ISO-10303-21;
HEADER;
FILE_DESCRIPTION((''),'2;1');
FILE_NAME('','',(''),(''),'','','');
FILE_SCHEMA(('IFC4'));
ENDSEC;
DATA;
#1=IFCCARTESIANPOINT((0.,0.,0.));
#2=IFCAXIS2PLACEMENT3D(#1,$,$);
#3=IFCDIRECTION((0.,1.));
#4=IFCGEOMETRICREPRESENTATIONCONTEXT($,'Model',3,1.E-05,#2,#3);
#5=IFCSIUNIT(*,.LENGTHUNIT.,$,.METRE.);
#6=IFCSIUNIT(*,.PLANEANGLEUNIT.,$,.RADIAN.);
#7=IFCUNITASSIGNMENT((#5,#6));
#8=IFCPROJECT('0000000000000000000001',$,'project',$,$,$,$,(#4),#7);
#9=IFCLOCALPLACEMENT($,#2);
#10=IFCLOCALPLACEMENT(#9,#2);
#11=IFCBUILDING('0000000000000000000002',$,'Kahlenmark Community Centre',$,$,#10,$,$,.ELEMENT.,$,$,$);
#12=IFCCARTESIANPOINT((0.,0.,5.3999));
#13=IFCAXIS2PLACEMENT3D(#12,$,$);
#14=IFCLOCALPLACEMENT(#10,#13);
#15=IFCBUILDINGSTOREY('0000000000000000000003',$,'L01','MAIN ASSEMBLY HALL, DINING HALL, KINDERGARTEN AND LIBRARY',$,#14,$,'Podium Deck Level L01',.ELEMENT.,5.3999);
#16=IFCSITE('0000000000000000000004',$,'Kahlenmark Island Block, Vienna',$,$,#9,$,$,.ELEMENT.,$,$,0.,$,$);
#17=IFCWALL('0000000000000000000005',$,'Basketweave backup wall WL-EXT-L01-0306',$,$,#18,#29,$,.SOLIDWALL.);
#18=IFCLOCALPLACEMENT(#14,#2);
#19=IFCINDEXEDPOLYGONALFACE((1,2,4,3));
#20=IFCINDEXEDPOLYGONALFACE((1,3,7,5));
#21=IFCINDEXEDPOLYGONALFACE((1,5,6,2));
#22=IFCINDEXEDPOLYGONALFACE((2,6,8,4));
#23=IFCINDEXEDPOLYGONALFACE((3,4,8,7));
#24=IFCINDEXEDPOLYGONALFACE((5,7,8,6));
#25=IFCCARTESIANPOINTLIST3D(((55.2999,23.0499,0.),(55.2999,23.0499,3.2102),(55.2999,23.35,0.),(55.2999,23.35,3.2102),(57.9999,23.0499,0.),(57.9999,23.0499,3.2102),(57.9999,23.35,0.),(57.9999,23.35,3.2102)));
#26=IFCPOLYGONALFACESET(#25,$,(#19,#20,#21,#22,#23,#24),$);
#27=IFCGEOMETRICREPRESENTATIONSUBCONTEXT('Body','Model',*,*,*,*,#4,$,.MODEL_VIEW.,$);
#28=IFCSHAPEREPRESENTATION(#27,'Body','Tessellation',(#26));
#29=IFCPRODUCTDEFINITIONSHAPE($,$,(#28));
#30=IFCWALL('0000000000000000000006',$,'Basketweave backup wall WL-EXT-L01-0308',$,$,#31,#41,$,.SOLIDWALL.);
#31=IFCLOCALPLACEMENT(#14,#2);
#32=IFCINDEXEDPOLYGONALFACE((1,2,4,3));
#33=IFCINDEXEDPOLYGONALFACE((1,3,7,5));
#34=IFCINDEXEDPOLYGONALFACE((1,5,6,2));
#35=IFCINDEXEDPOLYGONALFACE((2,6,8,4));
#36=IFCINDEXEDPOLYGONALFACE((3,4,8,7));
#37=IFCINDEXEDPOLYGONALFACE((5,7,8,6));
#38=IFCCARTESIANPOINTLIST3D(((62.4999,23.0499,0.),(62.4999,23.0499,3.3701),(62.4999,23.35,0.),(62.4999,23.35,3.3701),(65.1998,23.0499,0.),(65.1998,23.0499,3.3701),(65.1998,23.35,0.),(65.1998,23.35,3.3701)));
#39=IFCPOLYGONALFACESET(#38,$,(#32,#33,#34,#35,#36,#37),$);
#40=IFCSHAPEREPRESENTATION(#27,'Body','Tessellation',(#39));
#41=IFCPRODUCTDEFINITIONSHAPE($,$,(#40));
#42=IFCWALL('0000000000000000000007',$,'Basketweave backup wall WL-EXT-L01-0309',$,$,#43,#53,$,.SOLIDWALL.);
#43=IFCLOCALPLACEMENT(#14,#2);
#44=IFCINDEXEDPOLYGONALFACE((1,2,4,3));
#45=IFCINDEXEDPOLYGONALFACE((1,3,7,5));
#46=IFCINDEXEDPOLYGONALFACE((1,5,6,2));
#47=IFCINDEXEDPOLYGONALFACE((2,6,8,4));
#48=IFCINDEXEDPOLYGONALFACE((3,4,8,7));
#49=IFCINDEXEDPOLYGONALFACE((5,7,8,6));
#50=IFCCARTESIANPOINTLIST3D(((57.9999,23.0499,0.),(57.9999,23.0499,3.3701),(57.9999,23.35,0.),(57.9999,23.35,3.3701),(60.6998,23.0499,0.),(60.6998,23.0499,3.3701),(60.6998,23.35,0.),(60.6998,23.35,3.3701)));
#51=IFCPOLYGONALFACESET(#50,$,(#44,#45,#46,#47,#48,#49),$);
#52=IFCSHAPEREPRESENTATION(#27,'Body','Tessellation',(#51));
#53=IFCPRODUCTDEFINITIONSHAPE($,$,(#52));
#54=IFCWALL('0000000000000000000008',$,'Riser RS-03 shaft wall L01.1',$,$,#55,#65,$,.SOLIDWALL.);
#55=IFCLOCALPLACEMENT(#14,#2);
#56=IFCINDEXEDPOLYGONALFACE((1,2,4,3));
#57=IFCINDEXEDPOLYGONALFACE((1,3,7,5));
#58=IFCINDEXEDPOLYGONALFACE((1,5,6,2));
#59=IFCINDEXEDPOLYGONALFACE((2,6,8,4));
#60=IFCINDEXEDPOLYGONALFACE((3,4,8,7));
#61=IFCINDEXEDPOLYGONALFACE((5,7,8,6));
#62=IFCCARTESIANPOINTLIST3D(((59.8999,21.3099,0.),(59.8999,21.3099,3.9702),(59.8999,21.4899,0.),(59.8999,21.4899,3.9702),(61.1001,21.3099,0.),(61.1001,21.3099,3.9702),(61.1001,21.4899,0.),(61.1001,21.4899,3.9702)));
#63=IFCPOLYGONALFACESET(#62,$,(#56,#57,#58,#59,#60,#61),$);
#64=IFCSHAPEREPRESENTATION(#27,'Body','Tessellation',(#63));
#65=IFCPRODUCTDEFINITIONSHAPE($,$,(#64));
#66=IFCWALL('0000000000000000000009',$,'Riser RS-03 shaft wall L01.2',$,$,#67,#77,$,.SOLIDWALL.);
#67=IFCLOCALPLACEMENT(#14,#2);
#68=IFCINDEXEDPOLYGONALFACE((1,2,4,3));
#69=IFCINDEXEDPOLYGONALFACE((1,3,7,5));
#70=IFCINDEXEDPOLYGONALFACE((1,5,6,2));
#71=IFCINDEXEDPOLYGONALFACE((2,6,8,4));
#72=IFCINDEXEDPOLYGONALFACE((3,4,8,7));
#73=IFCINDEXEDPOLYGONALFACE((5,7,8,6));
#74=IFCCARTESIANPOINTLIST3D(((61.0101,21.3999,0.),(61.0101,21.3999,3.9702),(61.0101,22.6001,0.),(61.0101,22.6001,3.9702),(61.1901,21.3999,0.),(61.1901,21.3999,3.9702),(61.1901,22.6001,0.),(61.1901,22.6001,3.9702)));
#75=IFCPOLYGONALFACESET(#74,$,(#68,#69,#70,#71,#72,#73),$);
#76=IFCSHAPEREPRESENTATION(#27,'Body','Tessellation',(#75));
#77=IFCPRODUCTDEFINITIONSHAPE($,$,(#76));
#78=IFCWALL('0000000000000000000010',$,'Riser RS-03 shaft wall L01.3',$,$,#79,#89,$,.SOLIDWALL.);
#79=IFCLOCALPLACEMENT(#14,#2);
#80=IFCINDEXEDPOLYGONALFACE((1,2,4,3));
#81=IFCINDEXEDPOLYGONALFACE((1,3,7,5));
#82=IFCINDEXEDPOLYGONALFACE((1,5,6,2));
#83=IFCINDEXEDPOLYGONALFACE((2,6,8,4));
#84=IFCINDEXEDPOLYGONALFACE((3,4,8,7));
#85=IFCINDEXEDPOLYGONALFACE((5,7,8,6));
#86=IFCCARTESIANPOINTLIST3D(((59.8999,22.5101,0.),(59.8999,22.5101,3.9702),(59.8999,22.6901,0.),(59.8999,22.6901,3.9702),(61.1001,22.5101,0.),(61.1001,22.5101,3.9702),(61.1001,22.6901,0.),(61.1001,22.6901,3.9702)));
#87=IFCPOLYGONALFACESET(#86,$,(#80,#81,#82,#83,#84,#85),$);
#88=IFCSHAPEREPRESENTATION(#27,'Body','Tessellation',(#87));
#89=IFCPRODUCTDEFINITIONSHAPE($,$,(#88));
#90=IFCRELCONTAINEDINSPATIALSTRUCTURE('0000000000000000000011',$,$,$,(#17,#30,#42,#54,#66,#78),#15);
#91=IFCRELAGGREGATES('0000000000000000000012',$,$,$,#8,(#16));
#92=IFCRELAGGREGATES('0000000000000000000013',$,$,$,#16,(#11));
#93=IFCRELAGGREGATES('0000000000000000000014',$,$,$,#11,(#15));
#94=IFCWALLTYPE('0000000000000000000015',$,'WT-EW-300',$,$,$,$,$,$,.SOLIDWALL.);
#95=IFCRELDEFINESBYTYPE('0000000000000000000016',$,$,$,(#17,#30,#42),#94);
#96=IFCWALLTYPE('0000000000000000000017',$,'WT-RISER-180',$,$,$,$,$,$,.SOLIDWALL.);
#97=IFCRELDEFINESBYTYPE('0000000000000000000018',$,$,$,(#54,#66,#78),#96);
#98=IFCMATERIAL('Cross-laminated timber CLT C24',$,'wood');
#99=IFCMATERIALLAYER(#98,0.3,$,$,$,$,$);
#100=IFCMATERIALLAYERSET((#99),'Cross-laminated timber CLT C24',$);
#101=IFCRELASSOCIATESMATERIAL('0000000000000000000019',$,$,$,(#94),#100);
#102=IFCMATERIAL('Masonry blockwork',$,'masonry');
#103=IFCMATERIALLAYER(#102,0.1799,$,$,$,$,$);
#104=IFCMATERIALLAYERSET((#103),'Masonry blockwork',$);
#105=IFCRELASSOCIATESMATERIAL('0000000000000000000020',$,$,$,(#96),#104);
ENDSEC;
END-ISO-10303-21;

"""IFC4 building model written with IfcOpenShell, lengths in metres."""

from ifc_helpers import new_model, si_unit, direction, frame, frame_2d, origin, place, context, subcontext, project, spatial, rectangle, extrude, material, layer, layer_set, type_object, element, save


model = new_model("IFC4")

# Units and contexts
model_context = context("Model", 3, precision=1e-05, world=origin(), true_north=direction((0.0, 1.0)))
body_context = subcontext(model_context, "Body", "Model", "MODEL_VIEW")
ifc_project = project(units=[si_unit("LENGTHUNIT", "METRE"), si_unit("PLANEANGLEUNIT", "RADIAN")], contexts=[model_context])

# Site, building, storey
site_placement = place(None, origin())
site = spatial("IfcSite", under=ifc_project, at=site_placement, Name="Kahlenmark Island Block, Vienna", CompositionType="ELEMENT", RefElevation=0.0)
building_placement = place(site_placement, origin())
building = spatial("IfcBuilding", under=site, at=building_placement, Name="Kahlenmark Community Centre", CompositionType="ELEMENT")
storey_placement = place(building_placement, frame((0.0, 0.0, 5.3999)))
storey = spatial("IfcBuildingStorey", under=building, at=storey_placement, Name="L01", Description="MAIN ASSEMBLY HALL, DINING HALL, KINDERGARTEN AND LIBRARY", LongName="Podium Deck Level L01", CompositionType="ELEMENT", Elevation=5.3999)

# Walls
ifc_material_1 = material(Name="Cross-laminated timber CLT C24", Category="wood")
ifc_layer_1 = layer(ifc_material_1, 0.3)
ifc_layer_set_1 = layer_set([ifc_layer_1], Name="Cross-laminated timber CLT C24")
wall_type_1 = type_object("IfcWallType", Name="WT-EW-300", PredefinedType="SOLIDWALL", material=ifc_layer_set_1)
wall_1_placement = place(storey_placement, frame((58.0, 23.2, 0.0), z_axis=(0.0, 0.0, 1.0), x_axis=(-1.0, 0.0, 0.0)))
element("IfcWall", 1, at=wall_1_placement, inside=storey, type_object=wall_type_1, Name="Basketweave backup wall WL-EXT-L01-0306", PredefinedType="SOLIDWALL", context=body_context, shape_type="SweptSolid", body=[
    extrude(rectangle(XDim=2.7, YDim=0.3, at=frame_2d((1.3501, 0.0))), origin(), (0.0, 0.0, 1.0), 3.2102),
])
for number, where, z_axis, x_axis, name in (
    (2, (65.2, 23.2, 0.0), (0.0, 0.0, 1.0), (-1.0, 0.0, 0.0), "Basketweave backup wall WL-EXT-L01-0308"),
    (3, (60.7, 23.2, 0.0), (0.0, 0.0, 1.0), (-1.0, 0.0, 0.0), "Basketweave backup wall WL-EXT-L01-0309"),
):
    element("IfcWall", number, at=place(storey_placement, frame(where, z_axis=z_axis, x_axis=x_axis)), inside=storey, type_object=wall_type_1, Name=name, PredefinedType="SOLIDWALL", context=body_context, shape_type="SweptSolid", body=[
        extrude(rectangle(XDim=2.7, YDim=0.3, at=frame_2d((1.3501, 0.0))), origin(), (0.0, 0.0, 1.0), 3.3701),
    ])
ifc_material_2 = material(Name="Masonry blockwork", Category="masonry")
ifc_layer_2 = layer(ifc_material_2, 0.1799)
ifc_layer_set_2 = layer_set([ifc_layer_2], Name="Masonry blockwork")
wall_type_2 = type_object("IfcWallType", Name="WT-RISER-180", PredefinedType="SOLIDWALL", material=ifc_layer_set_2)
for number, where, z_axis, x_axis, name in (
    (4, (59.8999, 21.3999, 0.0), (0.0, 0.0, 1.0), (1.0, 0.0, 0.0), "Riser RS-03 shaft wall L01.1"),
    (5, (61.1001, 21.3999, 0.0), (0.0, 0.0, 1.0), (0.0, 1.0, 0.0), "Riser RS-03 shaft wall L01.2"),
    (6, (61.1001, 22.6001, 0.0), (0.0, 0.0, 1.0), (-1.0, 0.0, 0.0), "Riser RS-03 shaft wall L01.3"),
):
    element("IfcWall", number, at=place(storey_placement, frame(where, z_axis=z_axis, x_axis=x_axis)), inside=storey, type_object=wall_type_2, Name=name, PredefinedType="SOLIDWALL", context=body_context, shape_type="SweptSolid", body=[
        extrude(rectangle(XDim=1.2002, YDim=0.1799, at=frame_2d((0.6001, 0.0))), origin(), (0.0, 0.0, 1.0), 3.9702),
    ])

save(model, "model.ifc")
